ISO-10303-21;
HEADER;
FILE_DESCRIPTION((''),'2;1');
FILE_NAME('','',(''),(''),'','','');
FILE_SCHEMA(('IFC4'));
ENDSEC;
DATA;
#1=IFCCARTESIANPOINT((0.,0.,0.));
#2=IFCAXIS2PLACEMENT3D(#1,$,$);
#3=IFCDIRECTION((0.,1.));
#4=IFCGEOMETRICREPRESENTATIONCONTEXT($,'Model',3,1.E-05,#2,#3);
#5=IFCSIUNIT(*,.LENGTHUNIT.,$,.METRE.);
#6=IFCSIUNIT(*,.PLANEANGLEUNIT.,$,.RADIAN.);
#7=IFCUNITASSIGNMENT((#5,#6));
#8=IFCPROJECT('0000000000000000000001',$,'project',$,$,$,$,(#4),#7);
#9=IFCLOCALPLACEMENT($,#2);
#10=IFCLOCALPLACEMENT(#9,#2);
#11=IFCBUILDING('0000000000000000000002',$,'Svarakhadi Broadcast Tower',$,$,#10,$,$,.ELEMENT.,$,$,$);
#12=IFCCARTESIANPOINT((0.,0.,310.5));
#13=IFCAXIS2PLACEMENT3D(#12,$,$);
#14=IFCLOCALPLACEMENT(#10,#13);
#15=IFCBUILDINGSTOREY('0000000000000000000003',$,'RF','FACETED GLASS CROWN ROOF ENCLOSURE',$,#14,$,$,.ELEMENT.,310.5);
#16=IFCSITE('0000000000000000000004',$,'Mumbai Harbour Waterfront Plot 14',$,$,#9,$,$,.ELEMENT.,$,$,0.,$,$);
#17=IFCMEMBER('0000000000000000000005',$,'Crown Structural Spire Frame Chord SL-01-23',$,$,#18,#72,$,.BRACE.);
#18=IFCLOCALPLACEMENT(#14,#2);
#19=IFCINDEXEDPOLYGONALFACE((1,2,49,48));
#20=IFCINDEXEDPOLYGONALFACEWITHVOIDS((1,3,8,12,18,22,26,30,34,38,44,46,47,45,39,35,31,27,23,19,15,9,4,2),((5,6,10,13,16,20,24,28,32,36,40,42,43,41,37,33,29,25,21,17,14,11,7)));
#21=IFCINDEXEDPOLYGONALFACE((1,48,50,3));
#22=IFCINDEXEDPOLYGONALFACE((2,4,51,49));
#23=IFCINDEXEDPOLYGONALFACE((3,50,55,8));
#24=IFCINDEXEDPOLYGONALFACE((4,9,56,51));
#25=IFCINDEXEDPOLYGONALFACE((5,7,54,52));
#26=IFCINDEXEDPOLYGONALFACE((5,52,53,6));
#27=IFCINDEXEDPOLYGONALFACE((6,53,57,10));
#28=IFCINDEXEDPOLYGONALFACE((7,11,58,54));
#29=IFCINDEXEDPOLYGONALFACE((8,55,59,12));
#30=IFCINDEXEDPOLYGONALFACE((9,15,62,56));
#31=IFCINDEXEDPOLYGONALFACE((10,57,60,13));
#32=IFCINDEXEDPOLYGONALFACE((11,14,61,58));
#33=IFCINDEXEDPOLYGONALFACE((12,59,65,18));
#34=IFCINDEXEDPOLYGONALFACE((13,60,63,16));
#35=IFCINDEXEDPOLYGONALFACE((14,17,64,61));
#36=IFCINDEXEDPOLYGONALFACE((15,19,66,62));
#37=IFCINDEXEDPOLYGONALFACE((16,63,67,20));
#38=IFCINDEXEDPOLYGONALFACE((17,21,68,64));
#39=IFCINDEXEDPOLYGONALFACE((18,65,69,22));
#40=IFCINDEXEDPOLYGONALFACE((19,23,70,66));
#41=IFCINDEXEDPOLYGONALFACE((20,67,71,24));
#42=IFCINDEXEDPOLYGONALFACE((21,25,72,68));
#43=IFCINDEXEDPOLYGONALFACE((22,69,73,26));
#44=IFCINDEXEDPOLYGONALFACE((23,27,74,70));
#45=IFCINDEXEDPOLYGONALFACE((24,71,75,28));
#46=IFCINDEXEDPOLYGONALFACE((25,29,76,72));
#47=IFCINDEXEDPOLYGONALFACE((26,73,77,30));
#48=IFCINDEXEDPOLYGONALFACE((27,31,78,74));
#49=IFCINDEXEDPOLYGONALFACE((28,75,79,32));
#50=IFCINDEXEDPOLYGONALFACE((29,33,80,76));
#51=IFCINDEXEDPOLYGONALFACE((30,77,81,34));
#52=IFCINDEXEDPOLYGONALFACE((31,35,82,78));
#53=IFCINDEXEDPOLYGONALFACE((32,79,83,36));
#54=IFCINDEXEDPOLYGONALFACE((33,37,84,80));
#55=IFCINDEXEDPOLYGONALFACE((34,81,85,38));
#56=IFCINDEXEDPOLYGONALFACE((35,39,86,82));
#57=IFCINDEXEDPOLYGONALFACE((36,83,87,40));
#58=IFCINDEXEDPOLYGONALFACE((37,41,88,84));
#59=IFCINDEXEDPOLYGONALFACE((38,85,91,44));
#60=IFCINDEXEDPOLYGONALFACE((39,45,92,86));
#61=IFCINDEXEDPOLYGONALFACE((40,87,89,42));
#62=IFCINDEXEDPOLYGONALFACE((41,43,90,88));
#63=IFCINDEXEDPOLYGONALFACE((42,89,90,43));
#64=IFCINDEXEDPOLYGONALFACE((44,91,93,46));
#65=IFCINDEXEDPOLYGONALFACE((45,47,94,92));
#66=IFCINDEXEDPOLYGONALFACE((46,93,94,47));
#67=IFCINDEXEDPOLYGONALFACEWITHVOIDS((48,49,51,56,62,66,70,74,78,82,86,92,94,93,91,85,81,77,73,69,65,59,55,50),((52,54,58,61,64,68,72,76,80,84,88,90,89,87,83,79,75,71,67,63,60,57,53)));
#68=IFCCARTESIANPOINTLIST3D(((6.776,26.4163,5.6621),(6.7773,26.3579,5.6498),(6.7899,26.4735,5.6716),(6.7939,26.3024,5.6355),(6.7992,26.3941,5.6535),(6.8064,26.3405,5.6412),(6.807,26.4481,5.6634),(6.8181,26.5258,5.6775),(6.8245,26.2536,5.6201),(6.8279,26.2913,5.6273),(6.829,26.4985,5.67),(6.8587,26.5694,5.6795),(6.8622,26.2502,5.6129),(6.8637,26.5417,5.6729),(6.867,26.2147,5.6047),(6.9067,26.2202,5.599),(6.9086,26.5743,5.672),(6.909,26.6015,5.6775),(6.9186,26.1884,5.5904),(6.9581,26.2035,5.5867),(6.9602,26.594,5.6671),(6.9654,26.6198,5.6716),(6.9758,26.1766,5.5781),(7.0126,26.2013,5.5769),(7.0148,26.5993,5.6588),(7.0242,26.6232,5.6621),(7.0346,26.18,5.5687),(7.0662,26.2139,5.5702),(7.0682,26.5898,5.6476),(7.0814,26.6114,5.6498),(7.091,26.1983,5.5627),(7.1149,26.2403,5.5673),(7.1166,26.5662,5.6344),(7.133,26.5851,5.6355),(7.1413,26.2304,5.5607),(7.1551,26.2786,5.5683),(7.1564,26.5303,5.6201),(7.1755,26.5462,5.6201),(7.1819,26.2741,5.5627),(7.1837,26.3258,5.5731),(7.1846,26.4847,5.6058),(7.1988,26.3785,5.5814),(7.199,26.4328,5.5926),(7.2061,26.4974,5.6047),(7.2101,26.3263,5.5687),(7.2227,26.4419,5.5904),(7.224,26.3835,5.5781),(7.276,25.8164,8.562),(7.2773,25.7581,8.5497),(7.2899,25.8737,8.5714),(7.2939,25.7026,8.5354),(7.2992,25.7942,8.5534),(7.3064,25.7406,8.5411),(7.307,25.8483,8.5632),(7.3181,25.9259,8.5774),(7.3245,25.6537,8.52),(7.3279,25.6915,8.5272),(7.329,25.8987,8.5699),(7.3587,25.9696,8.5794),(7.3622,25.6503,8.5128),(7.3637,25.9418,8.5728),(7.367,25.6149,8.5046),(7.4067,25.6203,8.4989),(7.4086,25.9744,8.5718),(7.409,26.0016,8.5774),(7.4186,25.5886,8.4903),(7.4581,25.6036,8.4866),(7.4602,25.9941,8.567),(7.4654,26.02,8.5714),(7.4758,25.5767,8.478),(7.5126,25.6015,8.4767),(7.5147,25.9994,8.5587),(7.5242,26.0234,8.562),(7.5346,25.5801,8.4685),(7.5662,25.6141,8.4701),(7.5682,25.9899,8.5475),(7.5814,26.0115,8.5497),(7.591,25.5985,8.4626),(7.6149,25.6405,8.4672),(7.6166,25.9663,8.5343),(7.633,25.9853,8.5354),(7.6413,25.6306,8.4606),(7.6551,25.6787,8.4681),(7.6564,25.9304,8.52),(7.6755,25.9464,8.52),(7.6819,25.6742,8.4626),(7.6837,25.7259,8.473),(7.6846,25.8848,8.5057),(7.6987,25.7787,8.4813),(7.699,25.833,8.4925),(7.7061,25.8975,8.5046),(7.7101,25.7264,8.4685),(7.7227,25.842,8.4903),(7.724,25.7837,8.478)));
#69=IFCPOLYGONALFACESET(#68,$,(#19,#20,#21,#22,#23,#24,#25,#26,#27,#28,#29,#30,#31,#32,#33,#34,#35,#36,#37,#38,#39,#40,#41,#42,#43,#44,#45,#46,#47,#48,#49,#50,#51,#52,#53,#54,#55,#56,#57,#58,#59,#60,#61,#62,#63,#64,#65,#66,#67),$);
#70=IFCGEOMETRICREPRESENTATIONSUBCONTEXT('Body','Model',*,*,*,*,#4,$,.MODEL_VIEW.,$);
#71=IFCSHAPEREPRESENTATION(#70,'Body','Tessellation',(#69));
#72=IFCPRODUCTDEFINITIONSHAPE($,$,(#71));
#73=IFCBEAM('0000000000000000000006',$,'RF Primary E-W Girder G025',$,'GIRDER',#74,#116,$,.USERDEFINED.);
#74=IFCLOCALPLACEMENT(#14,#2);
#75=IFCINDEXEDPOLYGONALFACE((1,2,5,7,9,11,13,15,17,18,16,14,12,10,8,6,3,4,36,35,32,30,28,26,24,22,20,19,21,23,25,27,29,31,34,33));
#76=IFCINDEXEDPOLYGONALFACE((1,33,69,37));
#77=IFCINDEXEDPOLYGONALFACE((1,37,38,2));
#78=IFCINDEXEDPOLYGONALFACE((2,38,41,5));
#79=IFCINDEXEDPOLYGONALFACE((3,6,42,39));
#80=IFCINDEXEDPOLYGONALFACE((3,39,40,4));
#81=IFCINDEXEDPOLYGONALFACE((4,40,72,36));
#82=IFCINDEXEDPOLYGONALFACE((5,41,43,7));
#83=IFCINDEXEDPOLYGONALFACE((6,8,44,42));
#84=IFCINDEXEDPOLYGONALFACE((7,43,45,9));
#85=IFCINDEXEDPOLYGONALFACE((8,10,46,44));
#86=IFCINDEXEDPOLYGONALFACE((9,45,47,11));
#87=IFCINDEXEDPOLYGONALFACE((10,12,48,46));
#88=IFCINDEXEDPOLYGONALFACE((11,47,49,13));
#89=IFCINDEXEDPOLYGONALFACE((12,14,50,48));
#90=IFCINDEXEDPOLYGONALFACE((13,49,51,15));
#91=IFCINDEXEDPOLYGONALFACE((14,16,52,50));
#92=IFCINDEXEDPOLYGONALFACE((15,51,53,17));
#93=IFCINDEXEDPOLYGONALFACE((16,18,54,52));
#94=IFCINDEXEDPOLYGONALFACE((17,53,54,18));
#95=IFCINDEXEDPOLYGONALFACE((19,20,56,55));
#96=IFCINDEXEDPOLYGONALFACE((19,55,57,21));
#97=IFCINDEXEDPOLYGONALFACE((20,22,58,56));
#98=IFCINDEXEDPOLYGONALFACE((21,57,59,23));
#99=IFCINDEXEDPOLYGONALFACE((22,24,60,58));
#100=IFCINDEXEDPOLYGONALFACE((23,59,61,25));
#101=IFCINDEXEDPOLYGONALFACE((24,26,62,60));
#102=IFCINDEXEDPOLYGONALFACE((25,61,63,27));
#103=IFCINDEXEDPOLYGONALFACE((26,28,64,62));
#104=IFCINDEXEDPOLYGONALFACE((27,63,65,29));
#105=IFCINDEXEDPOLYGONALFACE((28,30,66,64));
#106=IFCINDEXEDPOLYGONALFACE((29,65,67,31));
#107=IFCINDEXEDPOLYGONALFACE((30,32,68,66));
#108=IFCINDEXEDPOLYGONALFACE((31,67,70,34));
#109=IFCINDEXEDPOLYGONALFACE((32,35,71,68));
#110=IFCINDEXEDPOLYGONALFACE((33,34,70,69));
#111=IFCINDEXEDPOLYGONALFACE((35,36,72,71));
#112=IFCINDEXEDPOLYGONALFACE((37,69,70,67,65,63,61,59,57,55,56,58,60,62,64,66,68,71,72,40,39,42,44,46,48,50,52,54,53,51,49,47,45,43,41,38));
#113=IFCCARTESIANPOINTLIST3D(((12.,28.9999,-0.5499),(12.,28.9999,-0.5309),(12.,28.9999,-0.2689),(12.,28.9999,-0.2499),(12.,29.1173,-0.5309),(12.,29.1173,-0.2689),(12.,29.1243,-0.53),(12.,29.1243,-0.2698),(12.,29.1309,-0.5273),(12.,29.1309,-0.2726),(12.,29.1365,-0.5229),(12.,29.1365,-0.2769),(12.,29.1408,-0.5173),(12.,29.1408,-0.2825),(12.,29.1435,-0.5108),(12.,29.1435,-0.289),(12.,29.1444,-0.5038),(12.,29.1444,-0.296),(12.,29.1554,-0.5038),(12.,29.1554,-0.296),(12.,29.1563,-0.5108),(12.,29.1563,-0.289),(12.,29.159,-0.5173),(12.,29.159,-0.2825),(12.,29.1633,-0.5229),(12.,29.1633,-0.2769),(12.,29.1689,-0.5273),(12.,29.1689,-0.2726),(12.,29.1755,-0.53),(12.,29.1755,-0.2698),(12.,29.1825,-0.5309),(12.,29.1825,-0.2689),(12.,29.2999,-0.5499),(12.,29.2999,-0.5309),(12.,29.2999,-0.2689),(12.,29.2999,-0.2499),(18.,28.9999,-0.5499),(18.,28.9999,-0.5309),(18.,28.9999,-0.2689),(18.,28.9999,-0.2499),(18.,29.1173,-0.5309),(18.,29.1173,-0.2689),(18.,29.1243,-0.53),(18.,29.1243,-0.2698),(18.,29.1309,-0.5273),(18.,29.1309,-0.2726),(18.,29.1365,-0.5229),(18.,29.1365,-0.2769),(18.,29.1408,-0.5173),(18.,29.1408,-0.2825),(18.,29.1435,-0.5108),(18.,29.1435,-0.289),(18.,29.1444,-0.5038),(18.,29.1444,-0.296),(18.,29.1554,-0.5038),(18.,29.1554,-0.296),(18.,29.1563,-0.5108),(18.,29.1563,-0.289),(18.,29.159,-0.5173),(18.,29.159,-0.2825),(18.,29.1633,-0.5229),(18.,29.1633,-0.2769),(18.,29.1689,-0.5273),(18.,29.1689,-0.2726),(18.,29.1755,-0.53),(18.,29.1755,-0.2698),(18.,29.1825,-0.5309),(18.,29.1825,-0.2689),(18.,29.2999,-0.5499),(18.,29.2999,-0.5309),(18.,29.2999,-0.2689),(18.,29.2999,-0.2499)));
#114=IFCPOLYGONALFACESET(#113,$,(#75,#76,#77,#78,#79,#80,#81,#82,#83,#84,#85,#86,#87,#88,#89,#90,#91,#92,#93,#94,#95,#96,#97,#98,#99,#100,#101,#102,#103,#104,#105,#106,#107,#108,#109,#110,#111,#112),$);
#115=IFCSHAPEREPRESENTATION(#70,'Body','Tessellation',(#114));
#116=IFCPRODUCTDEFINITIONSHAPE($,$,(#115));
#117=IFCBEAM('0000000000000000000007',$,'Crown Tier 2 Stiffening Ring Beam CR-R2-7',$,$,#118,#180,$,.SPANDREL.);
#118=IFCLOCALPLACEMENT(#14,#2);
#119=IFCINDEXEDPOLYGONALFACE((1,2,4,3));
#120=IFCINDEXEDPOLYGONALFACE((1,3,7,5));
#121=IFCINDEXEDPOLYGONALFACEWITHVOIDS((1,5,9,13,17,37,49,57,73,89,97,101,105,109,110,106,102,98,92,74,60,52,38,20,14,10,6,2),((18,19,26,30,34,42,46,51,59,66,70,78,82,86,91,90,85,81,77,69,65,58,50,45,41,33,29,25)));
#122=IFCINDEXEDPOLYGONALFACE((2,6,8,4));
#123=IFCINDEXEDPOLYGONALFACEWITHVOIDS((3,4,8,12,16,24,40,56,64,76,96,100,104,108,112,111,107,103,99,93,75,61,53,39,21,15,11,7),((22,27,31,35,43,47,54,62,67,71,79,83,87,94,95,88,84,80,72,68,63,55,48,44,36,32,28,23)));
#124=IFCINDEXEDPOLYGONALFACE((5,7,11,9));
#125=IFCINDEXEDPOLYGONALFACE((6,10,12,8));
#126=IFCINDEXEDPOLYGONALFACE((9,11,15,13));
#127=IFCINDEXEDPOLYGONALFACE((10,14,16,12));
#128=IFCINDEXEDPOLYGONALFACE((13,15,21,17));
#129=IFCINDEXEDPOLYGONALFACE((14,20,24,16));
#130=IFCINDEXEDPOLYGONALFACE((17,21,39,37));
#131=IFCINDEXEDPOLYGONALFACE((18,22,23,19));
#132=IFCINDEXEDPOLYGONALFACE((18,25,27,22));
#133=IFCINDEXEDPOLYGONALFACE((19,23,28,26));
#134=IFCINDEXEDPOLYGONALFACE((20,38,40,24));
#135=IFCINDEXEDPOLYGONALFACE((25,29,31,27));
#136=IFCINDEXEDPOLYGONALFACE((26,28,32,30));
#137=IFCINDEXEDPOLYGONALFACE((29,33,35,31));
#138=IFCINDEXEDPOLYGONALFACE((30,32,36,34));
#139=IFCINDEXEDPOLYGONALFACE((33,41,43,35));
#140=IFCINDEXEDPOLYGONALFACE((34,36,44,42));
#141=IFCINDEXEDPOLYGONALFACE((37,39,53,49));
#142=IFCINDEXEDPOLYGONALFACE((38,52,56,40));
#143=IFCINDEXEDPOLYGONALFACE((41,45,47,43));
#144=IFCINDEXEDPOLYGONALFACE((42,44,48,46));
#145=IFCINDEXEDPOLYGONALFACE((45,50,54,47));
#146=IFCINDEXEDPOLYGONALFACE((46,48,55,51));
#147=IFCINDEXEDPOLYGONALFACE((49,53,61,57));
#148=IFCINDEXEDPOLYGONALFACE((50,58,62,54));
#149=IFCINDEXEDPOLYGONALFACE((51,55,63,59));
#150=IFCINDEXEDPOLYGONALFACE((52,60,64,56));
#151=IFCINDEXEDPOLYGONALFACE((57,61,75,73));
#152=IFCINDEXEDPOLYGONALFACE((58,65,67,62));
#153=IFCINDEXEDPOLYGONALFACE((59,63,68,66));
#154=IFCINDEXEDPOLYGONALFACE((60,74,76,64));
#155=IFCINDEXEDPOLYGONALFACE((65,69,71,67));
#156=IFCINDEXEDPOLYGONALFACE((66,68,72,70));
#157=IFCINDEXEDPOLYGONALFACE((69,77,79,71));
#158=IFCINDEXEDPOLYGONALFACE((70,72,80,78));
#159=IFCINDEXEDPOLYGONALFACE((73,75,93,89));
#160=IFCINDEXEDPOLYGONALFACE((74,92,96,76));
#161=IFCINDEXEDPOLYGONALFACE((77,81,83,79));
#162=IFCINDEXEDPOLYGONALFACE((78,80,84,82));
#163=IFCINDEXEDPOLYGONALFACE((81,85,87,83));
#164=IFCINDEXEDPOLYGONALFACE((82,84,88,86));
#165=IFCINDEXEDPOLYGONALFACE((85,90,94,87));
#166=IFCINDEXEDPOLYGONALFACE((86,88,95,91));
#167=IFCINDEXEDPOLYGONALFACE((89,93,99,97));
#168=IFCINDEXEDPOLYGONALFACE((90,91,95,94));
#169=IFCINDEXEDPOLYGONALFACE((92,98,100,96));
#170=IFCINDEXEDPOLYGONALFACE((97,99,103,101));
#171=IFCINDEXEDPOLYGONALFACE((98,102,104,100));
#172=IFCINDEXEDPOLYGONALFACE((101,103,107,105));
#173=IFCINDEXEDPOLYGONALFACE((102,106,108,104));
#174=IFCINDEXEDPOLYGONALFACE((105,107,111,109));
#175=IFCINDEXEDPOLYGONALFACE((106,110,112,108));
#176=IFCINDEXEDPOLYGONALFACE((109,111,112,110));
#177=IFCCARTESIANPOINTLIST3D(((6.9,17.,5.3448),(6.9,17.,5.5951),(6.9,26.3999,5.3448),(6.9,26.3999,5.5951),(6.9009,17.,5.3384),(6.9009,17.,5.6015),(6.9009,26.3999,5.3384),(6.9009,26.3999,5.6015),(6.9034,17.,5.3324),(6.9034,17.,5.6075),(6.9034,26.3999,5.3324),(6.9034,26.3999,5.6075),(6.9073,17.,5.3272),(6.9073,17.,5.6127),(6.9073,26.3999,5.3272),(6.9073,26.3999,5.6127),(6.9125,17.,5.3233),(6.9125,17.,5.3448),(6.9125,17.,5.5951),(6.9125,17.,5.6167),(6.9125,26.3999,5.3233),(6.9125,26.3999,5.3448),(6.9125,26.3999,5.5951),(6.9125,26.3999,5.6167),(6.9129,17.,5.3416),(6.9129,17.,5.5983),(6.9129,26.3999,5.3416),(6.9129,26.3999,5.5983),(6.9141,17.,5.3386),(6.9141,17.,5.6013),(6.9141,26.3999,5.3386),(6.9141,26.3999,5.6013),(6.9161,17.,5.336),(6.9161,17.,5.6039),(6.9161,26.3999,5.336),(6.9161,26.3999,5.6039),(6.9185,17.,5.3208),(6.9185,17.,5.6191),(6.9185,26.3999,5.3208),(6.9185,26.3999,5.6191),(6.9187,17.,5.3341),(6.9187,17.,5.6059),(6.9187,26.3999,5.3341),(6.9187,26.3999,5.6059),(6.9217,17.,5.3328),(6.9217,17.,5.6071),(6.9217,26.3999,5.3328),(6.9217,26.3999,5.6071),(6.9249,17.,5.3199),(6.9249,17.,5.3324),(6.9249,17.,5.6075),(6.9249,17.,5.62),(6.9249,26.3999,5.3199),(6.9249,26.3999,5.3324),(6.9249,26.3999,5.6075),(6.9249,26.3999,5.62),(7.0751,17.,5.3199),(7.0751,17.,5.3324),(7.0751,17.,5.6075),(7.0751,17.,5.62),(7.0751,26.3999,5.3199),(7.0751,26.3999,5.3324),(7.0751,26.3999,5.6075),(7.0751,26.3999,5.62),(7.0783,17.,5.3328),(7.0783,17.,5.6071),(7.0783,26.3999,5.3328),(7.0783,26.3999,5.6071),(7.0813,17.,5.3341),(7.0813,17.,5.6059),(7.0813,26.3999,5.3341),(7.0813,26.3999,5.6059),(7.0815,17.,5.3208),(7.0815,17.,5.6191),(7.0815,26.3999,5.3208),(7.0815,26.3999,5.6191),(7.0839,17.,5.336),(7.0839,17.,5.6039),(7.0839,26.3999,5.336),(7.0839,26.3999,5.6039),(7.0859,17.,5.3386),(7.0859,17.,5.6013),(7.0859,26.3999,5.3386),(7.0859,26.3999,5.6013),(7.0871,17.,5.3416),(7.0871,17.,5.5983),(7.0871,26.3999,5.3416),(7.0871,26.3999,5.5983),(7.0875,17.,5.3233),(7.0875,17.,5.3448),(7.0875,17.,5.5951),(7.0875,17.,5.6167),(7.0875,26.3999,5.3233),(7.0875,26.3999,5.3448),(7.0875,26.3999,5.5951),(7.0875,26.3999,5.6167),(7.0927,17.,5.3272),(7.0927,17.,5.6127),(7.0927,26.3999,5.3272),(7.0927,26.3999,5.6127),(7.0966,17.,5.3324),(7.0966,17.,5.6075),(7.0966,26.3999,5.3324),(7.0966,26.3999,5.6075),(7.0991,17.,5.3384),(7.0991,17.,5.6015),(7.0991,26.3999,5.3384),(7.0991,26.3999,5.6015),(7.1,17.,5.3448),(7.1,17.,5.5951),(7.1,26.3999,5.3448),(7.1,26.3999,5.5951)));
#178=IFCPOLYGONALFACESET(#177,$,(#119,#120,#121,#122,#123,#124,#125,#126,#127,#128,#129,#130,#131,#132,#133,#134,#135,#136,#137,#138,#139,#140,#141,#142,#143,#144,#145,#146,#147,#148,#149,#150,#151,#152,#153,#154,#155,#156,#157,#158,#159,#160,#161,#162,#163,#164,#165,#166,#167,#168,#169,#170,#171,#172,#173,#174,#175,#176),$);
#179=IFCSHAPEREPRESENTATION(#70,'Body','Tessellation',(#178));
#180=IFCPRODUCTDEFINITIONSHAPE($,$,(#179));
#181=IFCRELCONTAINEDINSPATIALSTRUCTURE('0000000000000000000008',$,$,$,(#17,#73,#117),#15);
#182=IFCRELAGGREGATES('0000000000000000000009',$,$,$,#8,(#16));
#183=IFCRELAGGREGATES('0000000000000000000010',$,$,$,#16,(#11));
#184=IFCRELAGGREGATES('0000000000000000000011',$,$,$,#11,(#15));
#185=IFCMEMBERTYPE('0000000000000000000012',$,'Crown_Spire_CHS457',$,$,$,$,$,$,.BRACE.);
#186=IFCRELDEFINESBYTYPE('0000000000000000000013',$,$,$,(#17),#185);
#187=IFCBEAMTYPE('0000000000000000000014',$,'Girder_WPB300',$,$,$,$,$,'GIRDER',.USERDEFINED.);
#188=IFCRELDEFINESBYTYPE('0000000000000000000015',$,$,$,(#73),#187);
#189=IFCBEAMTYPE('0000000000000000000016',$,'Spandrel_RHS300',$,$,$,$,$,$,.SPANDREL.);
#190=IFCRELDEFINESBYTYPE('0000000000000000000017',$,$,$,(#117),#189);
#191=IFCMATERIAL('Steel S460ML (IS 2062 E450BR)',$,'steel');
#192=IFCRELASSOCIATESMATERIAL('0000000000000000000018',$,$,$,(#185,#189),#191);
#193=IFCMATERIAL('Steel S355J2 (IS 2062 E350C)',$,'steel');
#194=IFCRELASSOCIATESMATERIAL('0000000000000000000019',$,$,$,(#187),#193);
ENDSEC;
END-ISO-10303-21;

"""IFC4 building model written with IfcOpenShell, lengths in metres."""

from ifc_helpers import new_model, si_unit, direction, frame, origin, origin_2d, place, context, subcontext, project, spatial, hollow_rectangle, hollow_circle, i_section, extrude, material, material_profile, profile_set, type_object, element, save


model = new_model("IFC4")

# Units and contexts
model_context = context("Model", 3, precision=1e-05, world=origin(), true_north=direction((0.0, 1.0)))
body_context = subcontext(model_context, "Body", "Model", "MODEL_VIEW")
ifc_project = project(units=[si_unit("LENGTHUNIT", "METRE"), si_unit("PLANEANGLEUNIT", "RADIAN")], contexts=[model_context])

# Site, building, storey
site_placement = place(None, origin())
site = spatial("IfcSite", under=ifc_project, at=site_placement, Name="Mumbai Harbour Waterfront Plot 14", CompositionType="ELEMENT", RefElevation=0.0)
building_placement = place(site_placement, origin())
building = spatial("IfcBuilding", under=site, at=building_placement, Name="Svarakhadi Broadcast Tower", CompositionType="ELEMENT")
storey_placement = place(building_placement, frame((0.0, 0.0, 310.5)))
storey = spatial("IfcBuildingStorey", under=building, at=storey_placement, Name="RF", Description="FACETED GLASS CROWN ROOF ENCLOSURE", CompositionType="ELEMENT", Elevation=310.5)

# Member
ifc_material_1 = material(Name="Steel S460ML (IS 2062 E450BR)", Category="steel")
ifc_material_profile_1 = material_profile(ifc_material_1, hollow_circle(Radius=0.2285, WallThickness=0.0249, at=origin_2d()), Name="CHS 457x25")
ifc_profile_set_1 = profile_set([ifc_material_profile_1], Name="Steel S460ML (IS 2062 E450BR)")
member_type_1 = type_object("IfcMemberType", Name="Crown_Spire_CHS457", PredefinedType="BRACE", material=ifc_profile_set_1)
member_1_placement = place(storey_placement, frame((7.0, 26.3999, 5.6201), z_axis=(0.166489, -0.199738, 0.965602), x_axis=(0.768144, 0.640277, 0.0)))
element("IfcMember", 1, at=member_1_placement, inside=storey, type_object=member_type_1, Name="Crown Structural Spire Frame Chord SL-01-23", PredefinedType="BRACE", context=body_context, shape_type="SweptSolid", body=[
    extrude(hollow_circle(Radius=0.2285, WallThickness=0.0249, at=origin_2d()), origin(), (0.0, 0.0, 1.0), 3.0032),
])

# Beams
ifc_material_2 = material(Name="Steel S355J2 (IS 2062 E350C)", Category="steel")
ifc_material_profile_2 = material_profile(ifc_material_2, i_section(OverallWidth=0.3, OverallDepth=0.3, WebThickness=0.011, FlangeThickness=0.019, FilletRadius=0.0271, at=origin_2d()), Name="WPB 300x300x117")
ifc_profile_set_2 = profile_set([ifc_material_profile_2], Name="Steel S355J2 (IS 2062 E350C)")
beam_type_1 = type_object("IfcBeamType", Name="Girder_WPB300", ElementType="GIRDER", PredefinedType="USERDEFINED", material=ifc_profile_set_2)
beam_1_placement = place(storey_placement, frame((12.0, 29.1499, -0.3999), z_axis=(1.0, 0.0, 0.0), x_axis=(0.0, 1.0, 0.0)))
element("IfcBeam", 2, at=beam_1_placement, inside=storey, type_object=beam_type_1, Name="RF Primary E-W Girder G025", ObjectType="GIRDER", PredefinedType="USERDEFINED", context=body_context, shape_type="SweptSolid", body=[
    extrude(i_section(OverallWidth=0.3, OverallDepth=0.3, WebThickness=0.011, FlangeThickness=0.019, FilletRadius=0.0271, at=origin_2d()), origin(), (0.0, 0.0, 1.0), 6.0),
])
ifc_material_profile_3 = material_profile(ifc_material_1, hollow_rectangle(XDim=0.2, YDim=0.3, WallThickness=0.0125, InnerFilletRadius=0.0125, OuterFilletRadius=0.0249, at=origin_2d()), Name="RHS 300x200x12.5")
ifc_profile_set_3 = profile_set([ifc_material_profile_3], Name="Steel S460ML (IS 2062 E450BR)")
beam_type_2 = type_object("IfcBeamType", Name="Spandrel_RHS300", PredefinedType="SPANDREL", material=ifc_profile_set_3)
beam_2_placement = place(storey_placement, frame((7.0, 26.3999, 5.47), z_axis=(0.0, -1.0, 0.0), x_axis=(1.0, 0.0, 0.0)))
element("IfcBeam", 3, at=beam_2_placement, inside=storey, type_object=beam_type_2, Name="Crown Tier 2 Stiffening Ring Beam CR-R2-7", PredefinedType="SPANDREL", context=body_context, shape_type="SweptSolid", body=[
    extrude(hollow_rectangle(XDim=0.2, YDim=0.3, WallThickness=0.0125, InnerFilletRadius=0.0125, OuterFilletRadius=0.0249, at=origin_2d()), origin(), (0.0, 0.0, 1.0), 9.3999),
])

save(model, "model.ifc")
